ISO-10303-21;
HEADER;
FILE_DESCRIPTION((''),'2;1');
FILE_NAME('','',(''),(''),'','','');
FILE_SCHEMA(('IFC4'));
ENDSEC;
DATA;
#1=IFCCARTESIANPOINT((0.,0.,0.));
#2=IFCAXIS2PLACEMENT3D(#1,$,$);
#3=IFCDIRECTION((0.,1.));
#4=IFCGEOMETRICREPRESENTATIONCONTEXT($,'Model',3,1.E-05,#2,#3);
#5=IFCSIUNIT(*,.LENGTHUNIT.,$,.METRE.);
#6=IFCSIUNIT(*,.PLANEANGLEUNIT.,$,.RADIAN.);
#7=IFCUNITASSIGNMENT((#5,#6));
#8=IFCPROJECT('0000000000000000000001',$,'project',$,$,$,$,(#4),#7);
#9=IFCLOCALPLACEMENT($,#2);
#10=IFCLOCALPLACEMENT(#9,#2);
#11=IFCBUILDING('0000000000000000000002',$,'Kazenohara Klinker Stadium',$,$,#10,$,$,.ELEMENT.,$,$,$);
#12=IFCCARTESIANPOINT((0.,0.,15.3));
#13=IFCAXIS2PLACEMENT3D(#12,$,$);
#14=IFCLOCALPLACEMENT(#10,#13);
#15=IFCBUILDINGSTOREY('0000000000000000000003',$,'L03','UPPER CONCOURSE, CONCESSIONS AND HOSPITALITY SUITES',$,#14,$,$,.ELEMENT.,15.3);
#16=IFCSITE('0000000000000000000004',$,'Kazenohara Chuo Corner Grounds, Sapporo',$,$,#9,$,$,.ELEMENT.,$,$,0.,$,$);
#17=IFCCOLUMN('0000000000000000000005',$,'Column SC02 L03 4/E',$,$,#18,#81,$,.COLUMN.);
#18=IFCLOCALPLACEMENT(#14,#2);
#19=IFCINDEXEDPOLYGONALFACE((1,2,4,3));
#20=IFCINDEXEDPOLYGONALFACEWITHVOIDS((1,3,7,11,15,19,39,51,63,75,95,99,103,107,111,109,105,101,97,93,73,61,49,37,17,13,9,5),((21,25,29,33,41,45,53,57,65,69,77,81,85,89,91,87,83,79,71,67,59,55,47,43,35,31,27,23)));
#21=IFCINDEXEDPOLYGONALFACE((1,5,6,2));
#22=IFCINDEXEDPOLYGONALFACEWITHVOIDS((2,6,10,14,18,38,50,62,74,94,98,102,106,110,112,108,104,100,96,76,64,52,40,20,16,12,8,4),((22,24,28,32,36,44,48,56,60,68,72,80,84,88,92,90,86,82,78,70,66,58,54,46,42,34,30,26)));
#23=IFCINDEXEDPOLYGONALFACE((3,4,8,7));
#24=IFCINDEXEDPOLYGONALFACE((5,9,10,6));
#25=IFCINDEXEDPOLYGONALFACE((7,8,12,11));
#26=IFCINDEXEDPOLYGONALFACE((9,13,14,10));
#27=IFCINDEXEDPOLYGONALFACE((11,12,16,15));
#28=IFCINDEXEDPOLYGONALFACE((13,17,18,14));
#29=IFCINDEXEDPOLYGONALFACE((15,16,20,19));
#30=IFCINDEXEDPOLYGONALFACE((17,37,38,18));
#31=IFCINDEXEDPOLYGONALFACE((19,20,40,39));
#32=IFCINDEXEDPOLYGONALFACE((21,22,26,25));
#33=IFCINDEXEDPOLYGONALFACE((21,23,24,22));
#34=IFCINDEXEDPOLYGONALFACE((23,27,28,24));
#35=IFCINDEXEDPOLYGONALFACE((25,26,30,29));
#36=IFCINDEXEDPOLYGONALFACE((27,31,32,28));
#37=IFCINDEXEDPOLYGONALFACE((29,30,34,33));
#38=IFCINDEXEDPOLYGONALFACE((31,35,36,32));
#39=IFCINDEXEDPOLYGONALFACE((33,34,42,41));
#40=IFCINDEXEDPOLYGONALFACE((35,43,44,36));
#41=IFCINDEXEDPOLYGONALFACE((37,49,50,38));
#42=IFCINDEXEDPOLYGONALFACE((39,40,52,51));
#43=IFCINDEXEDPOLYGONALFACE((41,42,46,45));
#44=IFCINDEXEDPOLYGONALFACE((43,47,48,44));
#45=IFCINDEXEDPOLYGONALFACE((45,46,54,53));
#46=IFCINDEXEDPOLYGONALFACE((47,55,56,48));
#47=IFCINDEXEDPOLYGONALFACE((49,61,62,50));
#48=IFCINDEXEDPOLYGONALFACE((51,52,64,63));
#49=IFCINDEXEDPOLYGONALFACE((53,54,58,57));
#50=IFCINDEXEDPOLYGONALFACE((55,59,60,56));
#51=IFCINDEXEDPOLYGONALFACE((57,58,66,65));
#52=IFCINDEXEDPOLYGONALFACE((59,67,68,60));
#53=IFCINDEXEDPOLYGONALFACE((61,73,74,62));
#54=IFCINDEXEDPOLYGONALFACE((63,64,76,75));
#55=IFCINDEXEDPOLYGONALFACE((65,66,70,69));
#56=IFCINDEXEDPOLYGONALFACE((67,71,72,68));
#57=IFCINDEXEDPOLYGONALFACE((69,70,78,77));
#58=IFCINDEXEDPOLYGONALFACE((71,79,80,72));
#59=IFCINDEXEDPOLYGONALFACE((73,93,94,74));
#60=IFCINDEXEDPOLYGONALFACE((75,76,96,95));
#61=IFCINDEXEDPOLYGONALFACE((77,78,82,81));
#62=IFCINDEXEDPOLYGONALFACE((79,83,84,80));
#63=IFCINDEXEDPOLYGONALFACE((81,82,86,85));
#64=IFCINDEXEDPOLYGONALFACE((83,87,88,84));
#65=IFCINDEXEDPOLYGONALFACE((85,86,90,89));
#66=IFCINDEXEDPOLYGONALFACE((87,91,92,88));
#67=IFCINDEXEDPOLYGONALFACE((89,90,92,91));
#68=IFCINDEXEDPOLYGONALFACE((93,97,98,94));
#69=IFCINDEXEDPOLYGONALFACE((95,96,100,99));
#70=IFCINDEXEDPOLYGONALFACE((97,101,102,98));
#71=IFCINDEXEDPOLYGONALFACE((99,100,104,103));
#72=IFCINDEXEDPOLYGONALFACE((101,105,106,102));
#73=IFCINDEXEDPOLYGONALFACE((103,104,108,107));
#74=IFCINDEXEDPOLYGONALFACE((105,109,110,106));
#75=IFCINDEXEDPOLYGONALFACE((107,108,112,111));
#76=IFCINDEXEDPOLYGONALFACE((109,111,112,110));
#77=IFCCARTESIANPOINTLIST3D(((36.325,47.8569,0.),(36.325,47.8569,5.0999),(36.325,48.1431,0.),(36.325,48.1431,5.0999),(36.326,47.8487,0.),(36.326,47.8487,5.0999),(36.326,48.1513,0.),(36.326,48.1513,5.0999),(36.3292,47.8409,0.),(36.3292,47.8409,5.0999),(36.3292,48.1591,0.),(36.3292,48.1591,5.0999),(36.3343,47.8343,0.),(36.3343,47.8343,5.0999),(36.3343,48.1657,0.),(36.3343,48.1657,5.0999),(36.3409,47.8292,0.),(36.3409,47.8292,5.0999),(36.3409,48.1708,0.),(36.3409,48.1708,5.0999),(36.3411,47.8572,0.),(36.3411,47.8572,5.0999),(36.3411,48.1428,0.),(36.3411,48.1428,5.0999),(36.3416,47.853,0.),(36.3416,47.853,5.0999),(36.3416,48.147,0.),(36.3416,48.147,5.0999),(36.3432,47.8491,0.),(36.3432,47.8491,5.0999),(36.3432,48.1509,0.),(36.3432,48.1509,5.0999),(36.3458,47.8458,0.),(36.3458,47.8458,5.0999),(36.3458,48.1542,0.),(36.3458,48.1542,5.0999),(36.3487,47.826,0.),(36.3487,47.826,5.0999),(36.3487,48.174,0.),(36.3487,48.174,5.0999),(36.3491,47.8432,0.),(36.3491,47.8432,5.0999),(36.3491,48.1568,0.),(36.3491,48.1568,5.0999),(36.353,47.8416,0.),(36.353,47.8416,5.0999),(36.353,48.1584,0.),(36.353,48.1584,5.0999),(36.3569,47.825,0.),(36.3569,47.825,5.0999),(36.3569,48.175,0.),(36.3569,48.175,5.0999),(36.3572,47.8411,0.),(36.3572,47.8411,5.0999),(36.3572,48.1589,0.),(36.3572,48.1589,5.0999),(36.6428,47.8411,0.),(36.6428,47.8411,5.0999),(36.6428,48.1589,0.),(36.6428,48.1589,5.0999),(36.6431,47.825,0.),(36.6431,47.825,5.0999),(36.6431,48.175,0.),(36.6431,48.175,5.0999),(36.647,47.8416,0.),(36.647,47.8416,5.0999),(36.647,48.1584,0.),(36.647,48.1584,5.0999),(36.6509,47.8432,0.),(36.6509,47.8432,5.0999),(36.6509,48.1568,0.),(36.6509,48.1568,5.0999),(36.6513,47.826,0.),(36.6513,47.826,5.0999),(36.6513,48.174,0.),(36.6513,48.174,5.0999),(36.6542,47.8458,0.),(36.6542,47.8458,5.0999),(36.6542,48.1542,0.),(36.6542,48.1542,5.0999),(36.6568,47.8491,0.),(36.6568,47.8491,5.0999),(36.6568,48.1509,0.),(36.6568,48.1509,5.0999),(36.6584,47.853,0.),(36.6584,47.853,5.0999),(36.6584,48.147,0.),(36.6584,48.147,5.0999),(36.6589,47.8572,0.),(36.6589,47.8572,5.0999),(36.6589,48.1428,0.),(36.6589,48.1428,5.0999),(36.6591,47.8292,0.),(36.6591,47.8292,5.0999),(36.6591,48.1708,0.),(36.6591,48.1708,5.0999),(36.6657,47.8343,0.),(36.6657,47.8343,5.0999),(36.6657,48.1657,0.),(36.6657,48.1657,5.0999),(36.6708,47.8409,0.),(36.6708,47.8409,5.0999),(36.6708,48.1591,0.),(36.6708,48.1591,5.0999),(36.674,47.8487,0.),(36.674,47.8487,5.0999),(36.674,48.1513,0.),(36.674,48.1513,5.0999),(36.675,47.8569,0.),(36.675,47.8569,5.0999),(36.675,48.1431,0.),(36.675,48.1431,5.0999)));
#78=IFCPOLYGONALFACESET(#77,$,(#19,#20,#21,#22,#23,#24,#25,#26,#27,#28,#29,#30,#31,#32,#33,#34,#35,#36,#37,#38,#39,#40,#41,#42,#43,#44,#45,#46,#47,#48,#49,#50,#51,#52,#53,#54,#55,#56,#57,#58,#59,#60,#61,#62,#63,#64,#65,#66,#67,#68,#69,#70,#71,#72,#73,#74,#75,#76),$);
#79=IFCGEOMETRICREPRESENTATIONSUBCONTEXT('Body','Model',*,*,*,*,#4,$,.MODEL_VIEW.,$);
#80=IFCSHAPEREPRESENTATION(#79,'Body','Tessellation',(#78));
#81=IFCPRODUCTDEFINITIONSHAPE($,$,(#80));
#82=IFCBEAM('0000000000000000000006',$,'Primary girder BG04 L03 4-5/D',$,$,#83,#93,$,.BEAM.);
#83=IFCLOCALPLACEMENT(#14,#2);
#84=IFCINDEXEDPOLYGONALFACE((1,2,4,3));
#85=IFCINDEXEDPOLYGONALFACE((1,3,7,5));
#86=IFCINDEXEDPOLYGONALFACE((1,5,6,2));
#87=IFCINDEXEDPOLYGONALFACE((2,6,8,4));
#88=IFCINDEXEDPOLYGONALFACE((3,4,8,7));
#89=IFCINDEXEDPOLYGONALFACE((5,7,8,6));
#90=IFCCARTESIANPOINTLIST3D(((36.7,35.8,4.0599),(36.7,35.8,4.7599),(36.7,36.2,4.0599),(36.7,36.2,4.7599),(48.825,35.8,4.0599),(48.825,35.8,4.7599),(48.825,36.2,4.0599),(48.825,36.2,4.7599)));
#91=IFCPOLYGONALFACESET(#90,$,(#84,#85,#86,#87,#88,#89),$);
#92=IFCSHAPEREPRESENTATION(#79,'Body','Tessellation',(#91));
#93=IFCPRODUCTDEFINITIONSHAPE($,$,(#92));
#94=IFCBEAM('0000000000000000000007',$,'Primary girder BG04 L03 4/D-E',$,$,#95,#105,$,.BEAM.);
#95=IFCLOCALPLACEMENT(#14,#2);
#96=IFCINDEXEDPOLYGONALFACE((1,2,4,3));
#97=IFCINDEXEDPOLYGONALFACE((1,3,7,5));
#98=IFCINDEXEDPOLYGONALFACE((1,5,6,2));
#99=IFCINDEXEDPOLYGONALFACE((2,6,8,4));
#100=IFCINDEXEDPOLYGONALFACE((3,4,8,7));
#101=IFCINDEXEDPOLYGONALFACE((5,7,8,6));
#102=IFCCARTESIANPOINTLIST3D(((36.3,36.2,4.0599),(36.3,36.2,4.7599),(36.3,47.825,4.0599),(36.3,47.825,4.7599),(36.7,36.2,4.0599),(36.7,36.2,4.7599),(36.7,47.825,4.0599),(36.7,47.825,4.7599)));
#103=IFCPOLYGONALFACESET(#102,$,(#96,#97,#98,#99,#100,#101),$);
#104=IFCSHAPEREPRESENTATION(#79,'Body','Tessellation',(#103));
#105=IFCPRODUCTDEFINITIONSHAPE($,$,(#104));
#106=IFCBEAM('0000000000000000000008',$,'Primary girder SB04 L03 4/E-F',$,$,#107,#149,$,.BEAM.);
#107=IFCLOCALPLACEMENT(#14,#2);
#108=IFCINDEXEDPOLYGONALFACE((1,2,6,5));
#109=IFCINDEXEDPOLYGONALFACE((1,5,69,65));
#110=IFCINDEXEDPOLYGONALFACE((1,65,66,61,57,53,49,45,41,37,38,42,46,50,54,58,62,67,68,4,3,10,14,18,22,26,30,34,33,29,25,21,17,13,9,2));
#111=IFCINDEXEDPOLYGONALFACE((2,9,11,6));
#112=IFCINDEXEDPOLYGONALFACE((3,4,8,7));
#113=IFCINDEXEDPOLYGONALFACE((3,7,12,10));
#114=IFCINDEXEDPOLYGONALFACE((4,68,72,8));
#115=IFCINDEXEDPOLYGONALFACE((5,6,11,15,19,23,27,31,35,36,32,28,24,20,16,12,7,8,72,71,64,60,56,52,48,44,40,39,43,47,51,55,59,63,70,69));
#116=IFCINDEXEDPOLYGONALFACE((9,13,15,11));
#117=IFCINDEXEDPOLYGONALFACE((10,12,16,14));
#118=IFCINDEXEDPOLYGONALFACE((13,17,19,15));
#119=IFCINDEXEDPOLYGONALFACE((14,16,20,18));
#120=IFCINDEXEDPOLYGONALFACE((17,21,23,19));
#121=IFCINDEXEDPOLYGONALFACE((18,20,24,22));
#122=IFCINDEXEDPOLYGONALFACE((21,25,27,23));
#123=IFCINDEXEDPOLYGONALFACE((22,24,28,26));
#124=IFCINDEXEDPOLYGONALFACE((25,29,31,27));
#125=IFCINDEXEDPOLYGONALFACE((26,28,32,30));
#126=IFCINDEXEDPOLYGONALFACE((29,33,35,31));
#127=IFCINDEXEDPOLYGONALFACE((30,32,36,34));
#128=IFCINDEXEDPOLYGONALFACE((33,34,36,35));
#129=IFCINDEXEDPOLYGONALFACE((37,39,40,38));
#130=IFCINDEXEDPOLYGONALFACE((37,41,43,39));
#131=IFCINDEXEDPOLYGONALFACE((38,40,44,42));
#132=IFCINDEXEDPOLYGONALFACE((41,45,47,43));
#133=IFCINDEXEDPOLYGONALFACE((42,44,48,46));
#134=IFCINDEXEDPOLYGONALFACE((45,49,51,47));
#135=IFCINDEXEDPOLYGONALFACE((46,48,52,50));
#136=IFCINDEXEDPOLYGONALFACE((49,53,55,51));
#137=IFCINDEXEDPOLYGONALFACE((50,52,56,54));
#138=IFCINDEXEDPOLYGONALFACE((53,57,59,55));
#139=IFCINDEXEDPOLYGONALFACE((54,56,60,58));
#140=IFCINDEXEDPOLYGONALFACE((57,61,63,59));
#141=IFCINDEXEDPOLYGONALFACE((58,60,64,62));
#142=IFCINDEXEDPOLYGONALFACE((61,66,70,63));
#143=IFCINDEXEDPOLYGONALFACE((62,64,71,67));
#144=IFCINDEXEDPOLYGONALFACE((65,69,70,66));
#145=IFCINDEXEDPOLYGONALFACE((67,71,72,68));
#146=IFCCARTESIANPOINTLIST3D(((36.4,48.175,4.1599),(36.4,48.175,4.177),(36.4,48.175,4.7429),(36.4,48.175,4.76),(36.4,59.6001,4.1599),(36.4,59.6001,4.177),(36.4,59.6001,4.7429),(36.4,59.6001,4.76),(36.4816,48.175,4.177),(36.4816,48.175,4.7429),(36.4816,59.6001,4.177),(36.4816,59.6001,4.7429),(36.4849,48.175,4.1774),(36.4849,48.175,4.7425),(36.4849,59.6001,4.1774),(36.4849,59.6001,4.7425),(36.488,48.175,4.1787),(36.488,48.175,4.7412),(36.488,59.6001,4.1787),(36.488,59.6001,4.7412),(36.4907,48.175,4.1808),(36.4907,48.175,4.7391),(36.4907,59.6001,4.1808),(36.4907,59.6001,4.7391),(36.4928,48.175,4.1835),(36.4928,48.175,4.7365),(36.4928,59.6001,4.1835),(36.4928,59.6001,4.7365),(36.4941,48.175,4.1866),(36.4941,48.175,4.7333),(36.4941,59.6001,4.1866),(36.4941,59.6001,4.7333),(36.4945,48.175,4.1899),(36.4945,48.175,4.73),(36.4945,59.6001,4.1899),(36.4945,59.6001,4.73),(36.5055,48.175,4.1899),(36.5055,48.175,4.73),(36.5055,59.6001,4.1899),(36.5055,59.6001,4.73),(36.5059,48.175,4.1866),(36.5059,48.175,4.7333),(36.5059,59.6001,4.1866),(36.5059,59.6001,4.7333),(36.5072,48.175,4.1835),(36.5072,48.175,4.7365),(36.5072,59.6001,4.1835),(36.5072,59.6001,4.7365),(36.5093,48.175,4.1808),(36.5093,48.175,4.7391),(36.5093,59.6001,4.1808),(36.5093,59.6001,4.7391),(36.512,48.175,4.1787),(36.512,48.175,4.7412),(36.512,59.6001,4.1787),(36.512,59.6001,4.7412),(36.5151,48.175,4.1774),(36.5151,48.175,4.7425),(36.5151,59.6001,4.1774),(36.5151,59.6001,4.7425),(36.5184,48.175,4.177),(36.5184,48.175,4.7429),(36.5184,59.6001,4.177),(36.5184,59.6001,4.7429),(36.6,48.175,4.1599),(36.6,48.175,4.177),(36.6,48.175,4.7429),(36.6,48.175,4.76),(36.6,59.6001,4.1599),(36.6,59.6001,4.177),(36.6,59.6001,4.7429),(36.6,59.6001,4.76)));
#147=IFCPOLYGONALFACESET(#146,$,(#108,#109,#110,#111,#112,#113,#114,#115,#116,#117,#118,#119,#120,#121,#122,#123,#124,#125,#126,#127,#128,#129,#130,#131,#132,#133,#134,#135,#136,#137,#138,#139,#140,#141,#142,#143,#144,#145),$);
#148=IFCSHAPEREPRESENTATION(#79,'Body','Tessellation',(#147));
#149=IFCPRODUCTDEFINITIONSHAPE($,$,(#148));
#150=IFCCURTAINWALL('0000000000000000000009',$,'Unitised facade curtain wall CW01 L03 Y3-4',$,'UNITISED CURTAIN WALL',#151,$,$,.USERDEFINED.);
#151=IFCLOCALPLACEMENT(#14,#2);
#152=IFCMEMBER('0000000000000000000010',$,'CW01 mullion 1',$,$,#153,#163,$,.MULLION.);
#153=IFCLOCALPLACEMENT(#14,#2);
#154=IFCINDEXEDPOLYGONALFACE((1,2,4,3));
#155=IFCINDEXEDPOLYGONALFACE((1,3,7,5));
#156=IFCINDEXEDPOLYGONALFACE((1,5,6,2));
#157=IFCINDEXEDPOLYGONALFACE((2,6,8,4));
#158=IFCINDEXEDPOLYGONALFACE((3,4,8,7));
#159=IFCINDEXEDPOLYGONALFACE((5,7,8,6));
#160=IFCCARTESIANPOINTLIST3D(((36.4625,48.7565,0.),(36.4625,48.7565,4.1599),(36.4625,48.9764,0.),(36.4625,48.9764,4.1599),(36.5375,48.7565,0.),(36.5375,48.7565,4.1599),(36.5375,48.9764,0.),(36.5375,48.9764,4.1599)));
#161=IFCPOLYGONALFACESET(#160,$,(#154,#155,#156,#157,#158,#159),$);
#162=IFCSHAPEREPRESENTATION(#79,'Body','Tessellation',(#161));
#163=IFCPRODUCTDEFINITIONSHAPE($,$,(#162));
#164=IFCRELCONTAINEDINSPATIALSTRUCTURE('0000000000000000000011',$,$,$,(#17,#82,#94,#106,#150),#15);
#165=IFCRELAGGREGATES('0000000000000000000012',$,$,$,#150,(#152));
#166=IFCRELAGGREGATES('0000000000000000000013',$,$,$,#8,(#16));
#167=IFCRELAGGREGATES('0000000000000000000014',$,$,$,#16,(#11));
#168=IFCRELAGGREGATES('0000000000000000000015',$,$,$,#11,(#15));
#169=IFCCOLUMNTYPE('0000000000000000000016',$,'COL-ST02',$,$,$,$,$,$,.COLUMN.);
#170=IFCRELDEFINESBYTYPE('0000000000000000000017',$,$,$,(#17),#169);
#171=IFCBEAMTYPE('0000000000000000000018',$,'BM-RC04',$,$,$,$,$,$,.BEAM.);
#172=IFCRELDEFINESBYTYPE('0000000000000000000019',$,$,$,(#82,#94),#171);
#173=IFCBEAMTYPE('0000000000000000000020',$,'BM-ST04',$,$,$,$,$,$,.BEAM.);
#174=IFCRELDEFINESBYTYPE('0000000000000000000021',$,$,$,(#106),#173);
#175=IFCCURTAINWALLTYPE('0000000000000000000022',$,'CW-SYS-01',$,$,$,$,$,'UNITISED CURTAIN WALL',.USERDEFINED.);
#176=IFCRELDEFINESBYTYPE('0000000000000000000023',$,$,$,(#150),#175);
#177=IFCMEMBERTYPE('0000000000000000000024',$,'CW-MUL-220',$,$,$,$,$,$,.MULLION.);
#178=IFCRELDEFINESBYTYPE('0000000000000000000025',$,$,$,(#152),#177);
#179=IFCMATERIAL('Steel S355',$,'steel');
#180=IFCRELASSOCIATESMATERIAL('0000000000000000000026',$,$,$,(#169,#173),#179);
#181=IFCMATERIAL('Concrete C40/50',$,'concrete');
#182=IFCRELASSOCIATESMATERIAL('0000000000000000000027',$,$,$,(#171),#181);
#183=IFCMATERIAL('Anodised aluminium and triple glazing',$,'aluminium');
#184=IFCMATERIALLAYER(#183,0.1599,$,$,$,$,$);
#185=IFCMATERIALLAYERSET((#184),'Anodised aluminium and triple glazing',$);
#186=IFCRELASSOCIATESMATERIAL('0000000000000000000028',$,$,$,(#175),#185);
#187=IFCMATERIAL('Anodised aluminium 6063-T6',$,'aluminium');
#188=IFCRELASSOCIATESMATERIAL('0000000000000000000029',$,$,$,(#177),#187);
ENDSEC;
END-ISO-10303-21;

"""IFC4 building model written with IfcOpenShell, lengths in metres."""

from ifc_helpers import new_model, si_unit, direction, frame, origin, origin_2d, place, context, subcontext, project, spatial, rectangle, hollow_rectangle, i_section, extrude, material, layer, layer_set, material_profile, profile_set, type_object, element, aggregate, save


model = new_model("IFC4")

# Units and contexts
model_context = context("Model", 3, precision=1e-05, world=origin(), true_north=direction((0.0, 1.0)))
body_context = subcontext(model_context, "Body", "Model", "MODEL_VIEW")
ifc_project = project(units=[si_unit("LENGTHUNIT", "METRE"), si_unit("PLANEANGLEUNIT", "RADIAN")], contexts=[model_context])

# Site, building, storey
site_placement = place(None, origin())
site = spatial("IfcSite", under=ifc_project, at=site_placement, Name="Kazenohara Chuo Corner Grounds, Sapporo", CompositionType="ELEMENT", RefElevation=0.0)
building_placement = place(site_placement, origin())
building = spatial("IfcBuilding", under=site, at=building_placement, Name="Kazenohara Klinker Stadium", CompositionType="ELEMENT")
storey_placement = place(building_placement, frame((0.0, 0.0, 15.3)))
storey = spatial("IfcBuildingStorey", under=building, at=storey_placement, Name="L03", Description="UPPER CONCOURSE, CONCESSIONS AND HOSPITALITY SUITES", CompositionType="ELEMENT", Elevation=15.3)

# Column
ifc_material_1 = material(Name="Steel S355", Category="steel")
ifc_material_profile_1 = material_profile(ifc_material_1, hollow_rectangle(XDim=0.3501, YDim=0.3501, WallThickness=0.0161, InnerFilletRadius=0.0161, OuterFilletRadius=0.032, at=origin_2d()), Name="SHS-350x350x16")
ifc_profile_set_1 = profile_set([ifc_material_profile_1], Name="Steel S355")
column_type = type_object("IfcColumnType", Name="COL-ST02", PredefinedType="COLUMN", material=ifc_profile_set_1)
column_placement = place(storey_placement, frame((36.5, 48.0, 0.0), z_axis=(0.0, 0.0, 1.0), x_axis=(1.0, 0.0, 0.0)))
element("IfcColumn", 1, at=column_placement, inside=storey, type_object=column_type, Name="Column SC02 L03 4/E", PredefinedType="COLUMN", context=body_context, shape_type="SweptSolid", body=[
    extrude(hollow_rectangle(XDim=0.3501, YDim=0.3501, WallThickness=0.0161, InnerFilletRadius=0.0161, OuterFilletRadius=0.032, at=origin_2d()), origin(), (0.0, 0.0, 1.0), 5.0999),
])

# Beams
ifc_material_2 = material(Name="Concrete C40/50", Category="concrete")
ifc_material_profile_2 = material_profile(ifc_material_2, rectangle(XDim=0.3999, YDim=0.7, at=origin_2d()), Name="RC-BM-400x700")
ifc_profile_set_2 = profile_set([ifc_material_profile_2], Name="Concrete C40/50")
beam_type_1 = type_object("IfcBeamType", Name="BM-RC04", PredefinedType="BEAM", material=ifc_profile_set_2)
beam_1_placement = place(storey_placement, frame((36.7, 36.0, 4.4099), z_axis=(1.0, 0.0, 0.0), x_axis=(0.0, 1.0, 0.0)))
element("IfcBeam", 2, at=beam_1_placement, inside=storey, type_object=beam_type_1, Name="Primary girder BG04 L03 4-5/D", PredefinedType="BEAM", context=body_context, shape_type="SweptSolid", body=[
    extrude(rectangle(XDim=0.3999, YDim=0.7, at=origin_2d()), origin(), (0.0, 0.0, 1.0), 12.125),
])
beam_2_placement = place(storey_placement, frame((36.5, 36.2, 4.4099), z_axis=(0.0, 1.0, 0.0), x_axis=(-1.0, 0.0, 0.0)))
element("IfcBeam", 3, at=beam_2_placement, inside=storey, type_object=beam_type_1, Name="Primary girder BG04 L03 4/D-E", PredefinedType="BEAM", context=body_context, shape_type="SweptSolid", body=[
    extrude(rectangle(XDim=0.3999, YDim=0.7, at=origin_2d()), origin(), (0.0, 0.0, 1.0), 11.625),
])
ifc_material_profile_3 = material_profile(ifc_material_1, i_section(OverallWidth=0.2, OverallDepth=0.6001, WebThickness=0.011, FlangeThickness=0.0171, FilletRadius=0.0129, at=origin_2d()), Name="H-600x200x11x17")
ifc_profile_set_3 = profile_set([ifc_material_profile_3], Name="Steel S355")
beam_type_2 = type_object("IfcBeamType", Name="BM-ST04", PredefinedType="BEAM", material=ifc_profile_set_3)
beam_3_placement = place(storey_placement, frame((36.5, 48.175, 4.46), z_axis=(0.0, 1.0, 0.0), x_axis=(-1.0, 0.0, 0.0)))
element("IfcBeam", 4, at=beam_3_placement, inside=storey, type_object=beam_type_2, Name="Primary girder SB04 L03 4/E-F", PredefinedType="BEAM", context=body_context, shape_type="SweptSolid", body=[
    extrude(i_section(OverallWidth=0.2, OverallDepth=0.6001, WebThickness=0.011, FlangeThickness=0.0171, FilletRadius=0.0129, at=origin_2d()), origin(), (0.0, 0.0, 1.0), 11.425),
])

# Curtain wall, member
ifc_material_3 = material(Name="Anodised aluminium and triple glazing", Category="aluminium")
ifc_layer_1 = layer(ifc_material_3, 0.1599)
ifc_layer_set_1 = layer_set([ifc_layer_1], Name="Anodised aluminium and triple glazing")
curtain_wall_type = type_object("IfcCurtainWallType", Name="CW-SYS-01", ElementType="UNITISED CURTAIN WALL", PredefinedType="USERDEFINED", material=ifc_layer_set_1)
curtain_wall_placement = place(storey_placement, origin())
curtain_wall = element("IfcCurtainWall", 5, at=curtain_wall_placement, inside=storey, type_object=curtain_wall_type, Name="Unitised facade curtain wall CW01 L03 Y3-4", ObjectType="UNITISED CURTAIN WALL", PredefinedType="USERDEFINED")
ifc_material_4 = material(Name="Anodised aluminium 6063-T6", Category="aluminium")
ifc_material_profile_4 = material_profile(ifc_material_4, rectangle(XDim=0.075, YDim=0.22, at=origin_2d()), Name="ALU-MUL-75x220")
ifc_profile_set_4 = profile_set([ifc_material_profile_4], Name="Anodised aluminium 6063-T6")
member_type_1 = type_object("IfcMemberType", Name="CW-MUL-220", PredefinedType="MULLION", material=ifc_profile_set_4)
member_1_placement = place(storey_placement, frame((36.5, 48.8665, 0.0), z_axis=(0.0, 0.0, 1.0), x_axis=(-1.0, 0.0, 0.0)))
member_1 = element("IfcMember", 6, at=member_1_placement, type_object=member_type_1, Name="CW01 mullion 1", PredefinedType="MULLION", context=body_context, shape_type="SweptSolid", body=[
    extrude(rectangle(XDim=0.075, YDim=0.22, at=origin_2d()), origin(), (0.0, 0.0, 1.0), 4.1599),
])
aggregate(curtain_wall, [member_1])

save(model, "model.ifc")
